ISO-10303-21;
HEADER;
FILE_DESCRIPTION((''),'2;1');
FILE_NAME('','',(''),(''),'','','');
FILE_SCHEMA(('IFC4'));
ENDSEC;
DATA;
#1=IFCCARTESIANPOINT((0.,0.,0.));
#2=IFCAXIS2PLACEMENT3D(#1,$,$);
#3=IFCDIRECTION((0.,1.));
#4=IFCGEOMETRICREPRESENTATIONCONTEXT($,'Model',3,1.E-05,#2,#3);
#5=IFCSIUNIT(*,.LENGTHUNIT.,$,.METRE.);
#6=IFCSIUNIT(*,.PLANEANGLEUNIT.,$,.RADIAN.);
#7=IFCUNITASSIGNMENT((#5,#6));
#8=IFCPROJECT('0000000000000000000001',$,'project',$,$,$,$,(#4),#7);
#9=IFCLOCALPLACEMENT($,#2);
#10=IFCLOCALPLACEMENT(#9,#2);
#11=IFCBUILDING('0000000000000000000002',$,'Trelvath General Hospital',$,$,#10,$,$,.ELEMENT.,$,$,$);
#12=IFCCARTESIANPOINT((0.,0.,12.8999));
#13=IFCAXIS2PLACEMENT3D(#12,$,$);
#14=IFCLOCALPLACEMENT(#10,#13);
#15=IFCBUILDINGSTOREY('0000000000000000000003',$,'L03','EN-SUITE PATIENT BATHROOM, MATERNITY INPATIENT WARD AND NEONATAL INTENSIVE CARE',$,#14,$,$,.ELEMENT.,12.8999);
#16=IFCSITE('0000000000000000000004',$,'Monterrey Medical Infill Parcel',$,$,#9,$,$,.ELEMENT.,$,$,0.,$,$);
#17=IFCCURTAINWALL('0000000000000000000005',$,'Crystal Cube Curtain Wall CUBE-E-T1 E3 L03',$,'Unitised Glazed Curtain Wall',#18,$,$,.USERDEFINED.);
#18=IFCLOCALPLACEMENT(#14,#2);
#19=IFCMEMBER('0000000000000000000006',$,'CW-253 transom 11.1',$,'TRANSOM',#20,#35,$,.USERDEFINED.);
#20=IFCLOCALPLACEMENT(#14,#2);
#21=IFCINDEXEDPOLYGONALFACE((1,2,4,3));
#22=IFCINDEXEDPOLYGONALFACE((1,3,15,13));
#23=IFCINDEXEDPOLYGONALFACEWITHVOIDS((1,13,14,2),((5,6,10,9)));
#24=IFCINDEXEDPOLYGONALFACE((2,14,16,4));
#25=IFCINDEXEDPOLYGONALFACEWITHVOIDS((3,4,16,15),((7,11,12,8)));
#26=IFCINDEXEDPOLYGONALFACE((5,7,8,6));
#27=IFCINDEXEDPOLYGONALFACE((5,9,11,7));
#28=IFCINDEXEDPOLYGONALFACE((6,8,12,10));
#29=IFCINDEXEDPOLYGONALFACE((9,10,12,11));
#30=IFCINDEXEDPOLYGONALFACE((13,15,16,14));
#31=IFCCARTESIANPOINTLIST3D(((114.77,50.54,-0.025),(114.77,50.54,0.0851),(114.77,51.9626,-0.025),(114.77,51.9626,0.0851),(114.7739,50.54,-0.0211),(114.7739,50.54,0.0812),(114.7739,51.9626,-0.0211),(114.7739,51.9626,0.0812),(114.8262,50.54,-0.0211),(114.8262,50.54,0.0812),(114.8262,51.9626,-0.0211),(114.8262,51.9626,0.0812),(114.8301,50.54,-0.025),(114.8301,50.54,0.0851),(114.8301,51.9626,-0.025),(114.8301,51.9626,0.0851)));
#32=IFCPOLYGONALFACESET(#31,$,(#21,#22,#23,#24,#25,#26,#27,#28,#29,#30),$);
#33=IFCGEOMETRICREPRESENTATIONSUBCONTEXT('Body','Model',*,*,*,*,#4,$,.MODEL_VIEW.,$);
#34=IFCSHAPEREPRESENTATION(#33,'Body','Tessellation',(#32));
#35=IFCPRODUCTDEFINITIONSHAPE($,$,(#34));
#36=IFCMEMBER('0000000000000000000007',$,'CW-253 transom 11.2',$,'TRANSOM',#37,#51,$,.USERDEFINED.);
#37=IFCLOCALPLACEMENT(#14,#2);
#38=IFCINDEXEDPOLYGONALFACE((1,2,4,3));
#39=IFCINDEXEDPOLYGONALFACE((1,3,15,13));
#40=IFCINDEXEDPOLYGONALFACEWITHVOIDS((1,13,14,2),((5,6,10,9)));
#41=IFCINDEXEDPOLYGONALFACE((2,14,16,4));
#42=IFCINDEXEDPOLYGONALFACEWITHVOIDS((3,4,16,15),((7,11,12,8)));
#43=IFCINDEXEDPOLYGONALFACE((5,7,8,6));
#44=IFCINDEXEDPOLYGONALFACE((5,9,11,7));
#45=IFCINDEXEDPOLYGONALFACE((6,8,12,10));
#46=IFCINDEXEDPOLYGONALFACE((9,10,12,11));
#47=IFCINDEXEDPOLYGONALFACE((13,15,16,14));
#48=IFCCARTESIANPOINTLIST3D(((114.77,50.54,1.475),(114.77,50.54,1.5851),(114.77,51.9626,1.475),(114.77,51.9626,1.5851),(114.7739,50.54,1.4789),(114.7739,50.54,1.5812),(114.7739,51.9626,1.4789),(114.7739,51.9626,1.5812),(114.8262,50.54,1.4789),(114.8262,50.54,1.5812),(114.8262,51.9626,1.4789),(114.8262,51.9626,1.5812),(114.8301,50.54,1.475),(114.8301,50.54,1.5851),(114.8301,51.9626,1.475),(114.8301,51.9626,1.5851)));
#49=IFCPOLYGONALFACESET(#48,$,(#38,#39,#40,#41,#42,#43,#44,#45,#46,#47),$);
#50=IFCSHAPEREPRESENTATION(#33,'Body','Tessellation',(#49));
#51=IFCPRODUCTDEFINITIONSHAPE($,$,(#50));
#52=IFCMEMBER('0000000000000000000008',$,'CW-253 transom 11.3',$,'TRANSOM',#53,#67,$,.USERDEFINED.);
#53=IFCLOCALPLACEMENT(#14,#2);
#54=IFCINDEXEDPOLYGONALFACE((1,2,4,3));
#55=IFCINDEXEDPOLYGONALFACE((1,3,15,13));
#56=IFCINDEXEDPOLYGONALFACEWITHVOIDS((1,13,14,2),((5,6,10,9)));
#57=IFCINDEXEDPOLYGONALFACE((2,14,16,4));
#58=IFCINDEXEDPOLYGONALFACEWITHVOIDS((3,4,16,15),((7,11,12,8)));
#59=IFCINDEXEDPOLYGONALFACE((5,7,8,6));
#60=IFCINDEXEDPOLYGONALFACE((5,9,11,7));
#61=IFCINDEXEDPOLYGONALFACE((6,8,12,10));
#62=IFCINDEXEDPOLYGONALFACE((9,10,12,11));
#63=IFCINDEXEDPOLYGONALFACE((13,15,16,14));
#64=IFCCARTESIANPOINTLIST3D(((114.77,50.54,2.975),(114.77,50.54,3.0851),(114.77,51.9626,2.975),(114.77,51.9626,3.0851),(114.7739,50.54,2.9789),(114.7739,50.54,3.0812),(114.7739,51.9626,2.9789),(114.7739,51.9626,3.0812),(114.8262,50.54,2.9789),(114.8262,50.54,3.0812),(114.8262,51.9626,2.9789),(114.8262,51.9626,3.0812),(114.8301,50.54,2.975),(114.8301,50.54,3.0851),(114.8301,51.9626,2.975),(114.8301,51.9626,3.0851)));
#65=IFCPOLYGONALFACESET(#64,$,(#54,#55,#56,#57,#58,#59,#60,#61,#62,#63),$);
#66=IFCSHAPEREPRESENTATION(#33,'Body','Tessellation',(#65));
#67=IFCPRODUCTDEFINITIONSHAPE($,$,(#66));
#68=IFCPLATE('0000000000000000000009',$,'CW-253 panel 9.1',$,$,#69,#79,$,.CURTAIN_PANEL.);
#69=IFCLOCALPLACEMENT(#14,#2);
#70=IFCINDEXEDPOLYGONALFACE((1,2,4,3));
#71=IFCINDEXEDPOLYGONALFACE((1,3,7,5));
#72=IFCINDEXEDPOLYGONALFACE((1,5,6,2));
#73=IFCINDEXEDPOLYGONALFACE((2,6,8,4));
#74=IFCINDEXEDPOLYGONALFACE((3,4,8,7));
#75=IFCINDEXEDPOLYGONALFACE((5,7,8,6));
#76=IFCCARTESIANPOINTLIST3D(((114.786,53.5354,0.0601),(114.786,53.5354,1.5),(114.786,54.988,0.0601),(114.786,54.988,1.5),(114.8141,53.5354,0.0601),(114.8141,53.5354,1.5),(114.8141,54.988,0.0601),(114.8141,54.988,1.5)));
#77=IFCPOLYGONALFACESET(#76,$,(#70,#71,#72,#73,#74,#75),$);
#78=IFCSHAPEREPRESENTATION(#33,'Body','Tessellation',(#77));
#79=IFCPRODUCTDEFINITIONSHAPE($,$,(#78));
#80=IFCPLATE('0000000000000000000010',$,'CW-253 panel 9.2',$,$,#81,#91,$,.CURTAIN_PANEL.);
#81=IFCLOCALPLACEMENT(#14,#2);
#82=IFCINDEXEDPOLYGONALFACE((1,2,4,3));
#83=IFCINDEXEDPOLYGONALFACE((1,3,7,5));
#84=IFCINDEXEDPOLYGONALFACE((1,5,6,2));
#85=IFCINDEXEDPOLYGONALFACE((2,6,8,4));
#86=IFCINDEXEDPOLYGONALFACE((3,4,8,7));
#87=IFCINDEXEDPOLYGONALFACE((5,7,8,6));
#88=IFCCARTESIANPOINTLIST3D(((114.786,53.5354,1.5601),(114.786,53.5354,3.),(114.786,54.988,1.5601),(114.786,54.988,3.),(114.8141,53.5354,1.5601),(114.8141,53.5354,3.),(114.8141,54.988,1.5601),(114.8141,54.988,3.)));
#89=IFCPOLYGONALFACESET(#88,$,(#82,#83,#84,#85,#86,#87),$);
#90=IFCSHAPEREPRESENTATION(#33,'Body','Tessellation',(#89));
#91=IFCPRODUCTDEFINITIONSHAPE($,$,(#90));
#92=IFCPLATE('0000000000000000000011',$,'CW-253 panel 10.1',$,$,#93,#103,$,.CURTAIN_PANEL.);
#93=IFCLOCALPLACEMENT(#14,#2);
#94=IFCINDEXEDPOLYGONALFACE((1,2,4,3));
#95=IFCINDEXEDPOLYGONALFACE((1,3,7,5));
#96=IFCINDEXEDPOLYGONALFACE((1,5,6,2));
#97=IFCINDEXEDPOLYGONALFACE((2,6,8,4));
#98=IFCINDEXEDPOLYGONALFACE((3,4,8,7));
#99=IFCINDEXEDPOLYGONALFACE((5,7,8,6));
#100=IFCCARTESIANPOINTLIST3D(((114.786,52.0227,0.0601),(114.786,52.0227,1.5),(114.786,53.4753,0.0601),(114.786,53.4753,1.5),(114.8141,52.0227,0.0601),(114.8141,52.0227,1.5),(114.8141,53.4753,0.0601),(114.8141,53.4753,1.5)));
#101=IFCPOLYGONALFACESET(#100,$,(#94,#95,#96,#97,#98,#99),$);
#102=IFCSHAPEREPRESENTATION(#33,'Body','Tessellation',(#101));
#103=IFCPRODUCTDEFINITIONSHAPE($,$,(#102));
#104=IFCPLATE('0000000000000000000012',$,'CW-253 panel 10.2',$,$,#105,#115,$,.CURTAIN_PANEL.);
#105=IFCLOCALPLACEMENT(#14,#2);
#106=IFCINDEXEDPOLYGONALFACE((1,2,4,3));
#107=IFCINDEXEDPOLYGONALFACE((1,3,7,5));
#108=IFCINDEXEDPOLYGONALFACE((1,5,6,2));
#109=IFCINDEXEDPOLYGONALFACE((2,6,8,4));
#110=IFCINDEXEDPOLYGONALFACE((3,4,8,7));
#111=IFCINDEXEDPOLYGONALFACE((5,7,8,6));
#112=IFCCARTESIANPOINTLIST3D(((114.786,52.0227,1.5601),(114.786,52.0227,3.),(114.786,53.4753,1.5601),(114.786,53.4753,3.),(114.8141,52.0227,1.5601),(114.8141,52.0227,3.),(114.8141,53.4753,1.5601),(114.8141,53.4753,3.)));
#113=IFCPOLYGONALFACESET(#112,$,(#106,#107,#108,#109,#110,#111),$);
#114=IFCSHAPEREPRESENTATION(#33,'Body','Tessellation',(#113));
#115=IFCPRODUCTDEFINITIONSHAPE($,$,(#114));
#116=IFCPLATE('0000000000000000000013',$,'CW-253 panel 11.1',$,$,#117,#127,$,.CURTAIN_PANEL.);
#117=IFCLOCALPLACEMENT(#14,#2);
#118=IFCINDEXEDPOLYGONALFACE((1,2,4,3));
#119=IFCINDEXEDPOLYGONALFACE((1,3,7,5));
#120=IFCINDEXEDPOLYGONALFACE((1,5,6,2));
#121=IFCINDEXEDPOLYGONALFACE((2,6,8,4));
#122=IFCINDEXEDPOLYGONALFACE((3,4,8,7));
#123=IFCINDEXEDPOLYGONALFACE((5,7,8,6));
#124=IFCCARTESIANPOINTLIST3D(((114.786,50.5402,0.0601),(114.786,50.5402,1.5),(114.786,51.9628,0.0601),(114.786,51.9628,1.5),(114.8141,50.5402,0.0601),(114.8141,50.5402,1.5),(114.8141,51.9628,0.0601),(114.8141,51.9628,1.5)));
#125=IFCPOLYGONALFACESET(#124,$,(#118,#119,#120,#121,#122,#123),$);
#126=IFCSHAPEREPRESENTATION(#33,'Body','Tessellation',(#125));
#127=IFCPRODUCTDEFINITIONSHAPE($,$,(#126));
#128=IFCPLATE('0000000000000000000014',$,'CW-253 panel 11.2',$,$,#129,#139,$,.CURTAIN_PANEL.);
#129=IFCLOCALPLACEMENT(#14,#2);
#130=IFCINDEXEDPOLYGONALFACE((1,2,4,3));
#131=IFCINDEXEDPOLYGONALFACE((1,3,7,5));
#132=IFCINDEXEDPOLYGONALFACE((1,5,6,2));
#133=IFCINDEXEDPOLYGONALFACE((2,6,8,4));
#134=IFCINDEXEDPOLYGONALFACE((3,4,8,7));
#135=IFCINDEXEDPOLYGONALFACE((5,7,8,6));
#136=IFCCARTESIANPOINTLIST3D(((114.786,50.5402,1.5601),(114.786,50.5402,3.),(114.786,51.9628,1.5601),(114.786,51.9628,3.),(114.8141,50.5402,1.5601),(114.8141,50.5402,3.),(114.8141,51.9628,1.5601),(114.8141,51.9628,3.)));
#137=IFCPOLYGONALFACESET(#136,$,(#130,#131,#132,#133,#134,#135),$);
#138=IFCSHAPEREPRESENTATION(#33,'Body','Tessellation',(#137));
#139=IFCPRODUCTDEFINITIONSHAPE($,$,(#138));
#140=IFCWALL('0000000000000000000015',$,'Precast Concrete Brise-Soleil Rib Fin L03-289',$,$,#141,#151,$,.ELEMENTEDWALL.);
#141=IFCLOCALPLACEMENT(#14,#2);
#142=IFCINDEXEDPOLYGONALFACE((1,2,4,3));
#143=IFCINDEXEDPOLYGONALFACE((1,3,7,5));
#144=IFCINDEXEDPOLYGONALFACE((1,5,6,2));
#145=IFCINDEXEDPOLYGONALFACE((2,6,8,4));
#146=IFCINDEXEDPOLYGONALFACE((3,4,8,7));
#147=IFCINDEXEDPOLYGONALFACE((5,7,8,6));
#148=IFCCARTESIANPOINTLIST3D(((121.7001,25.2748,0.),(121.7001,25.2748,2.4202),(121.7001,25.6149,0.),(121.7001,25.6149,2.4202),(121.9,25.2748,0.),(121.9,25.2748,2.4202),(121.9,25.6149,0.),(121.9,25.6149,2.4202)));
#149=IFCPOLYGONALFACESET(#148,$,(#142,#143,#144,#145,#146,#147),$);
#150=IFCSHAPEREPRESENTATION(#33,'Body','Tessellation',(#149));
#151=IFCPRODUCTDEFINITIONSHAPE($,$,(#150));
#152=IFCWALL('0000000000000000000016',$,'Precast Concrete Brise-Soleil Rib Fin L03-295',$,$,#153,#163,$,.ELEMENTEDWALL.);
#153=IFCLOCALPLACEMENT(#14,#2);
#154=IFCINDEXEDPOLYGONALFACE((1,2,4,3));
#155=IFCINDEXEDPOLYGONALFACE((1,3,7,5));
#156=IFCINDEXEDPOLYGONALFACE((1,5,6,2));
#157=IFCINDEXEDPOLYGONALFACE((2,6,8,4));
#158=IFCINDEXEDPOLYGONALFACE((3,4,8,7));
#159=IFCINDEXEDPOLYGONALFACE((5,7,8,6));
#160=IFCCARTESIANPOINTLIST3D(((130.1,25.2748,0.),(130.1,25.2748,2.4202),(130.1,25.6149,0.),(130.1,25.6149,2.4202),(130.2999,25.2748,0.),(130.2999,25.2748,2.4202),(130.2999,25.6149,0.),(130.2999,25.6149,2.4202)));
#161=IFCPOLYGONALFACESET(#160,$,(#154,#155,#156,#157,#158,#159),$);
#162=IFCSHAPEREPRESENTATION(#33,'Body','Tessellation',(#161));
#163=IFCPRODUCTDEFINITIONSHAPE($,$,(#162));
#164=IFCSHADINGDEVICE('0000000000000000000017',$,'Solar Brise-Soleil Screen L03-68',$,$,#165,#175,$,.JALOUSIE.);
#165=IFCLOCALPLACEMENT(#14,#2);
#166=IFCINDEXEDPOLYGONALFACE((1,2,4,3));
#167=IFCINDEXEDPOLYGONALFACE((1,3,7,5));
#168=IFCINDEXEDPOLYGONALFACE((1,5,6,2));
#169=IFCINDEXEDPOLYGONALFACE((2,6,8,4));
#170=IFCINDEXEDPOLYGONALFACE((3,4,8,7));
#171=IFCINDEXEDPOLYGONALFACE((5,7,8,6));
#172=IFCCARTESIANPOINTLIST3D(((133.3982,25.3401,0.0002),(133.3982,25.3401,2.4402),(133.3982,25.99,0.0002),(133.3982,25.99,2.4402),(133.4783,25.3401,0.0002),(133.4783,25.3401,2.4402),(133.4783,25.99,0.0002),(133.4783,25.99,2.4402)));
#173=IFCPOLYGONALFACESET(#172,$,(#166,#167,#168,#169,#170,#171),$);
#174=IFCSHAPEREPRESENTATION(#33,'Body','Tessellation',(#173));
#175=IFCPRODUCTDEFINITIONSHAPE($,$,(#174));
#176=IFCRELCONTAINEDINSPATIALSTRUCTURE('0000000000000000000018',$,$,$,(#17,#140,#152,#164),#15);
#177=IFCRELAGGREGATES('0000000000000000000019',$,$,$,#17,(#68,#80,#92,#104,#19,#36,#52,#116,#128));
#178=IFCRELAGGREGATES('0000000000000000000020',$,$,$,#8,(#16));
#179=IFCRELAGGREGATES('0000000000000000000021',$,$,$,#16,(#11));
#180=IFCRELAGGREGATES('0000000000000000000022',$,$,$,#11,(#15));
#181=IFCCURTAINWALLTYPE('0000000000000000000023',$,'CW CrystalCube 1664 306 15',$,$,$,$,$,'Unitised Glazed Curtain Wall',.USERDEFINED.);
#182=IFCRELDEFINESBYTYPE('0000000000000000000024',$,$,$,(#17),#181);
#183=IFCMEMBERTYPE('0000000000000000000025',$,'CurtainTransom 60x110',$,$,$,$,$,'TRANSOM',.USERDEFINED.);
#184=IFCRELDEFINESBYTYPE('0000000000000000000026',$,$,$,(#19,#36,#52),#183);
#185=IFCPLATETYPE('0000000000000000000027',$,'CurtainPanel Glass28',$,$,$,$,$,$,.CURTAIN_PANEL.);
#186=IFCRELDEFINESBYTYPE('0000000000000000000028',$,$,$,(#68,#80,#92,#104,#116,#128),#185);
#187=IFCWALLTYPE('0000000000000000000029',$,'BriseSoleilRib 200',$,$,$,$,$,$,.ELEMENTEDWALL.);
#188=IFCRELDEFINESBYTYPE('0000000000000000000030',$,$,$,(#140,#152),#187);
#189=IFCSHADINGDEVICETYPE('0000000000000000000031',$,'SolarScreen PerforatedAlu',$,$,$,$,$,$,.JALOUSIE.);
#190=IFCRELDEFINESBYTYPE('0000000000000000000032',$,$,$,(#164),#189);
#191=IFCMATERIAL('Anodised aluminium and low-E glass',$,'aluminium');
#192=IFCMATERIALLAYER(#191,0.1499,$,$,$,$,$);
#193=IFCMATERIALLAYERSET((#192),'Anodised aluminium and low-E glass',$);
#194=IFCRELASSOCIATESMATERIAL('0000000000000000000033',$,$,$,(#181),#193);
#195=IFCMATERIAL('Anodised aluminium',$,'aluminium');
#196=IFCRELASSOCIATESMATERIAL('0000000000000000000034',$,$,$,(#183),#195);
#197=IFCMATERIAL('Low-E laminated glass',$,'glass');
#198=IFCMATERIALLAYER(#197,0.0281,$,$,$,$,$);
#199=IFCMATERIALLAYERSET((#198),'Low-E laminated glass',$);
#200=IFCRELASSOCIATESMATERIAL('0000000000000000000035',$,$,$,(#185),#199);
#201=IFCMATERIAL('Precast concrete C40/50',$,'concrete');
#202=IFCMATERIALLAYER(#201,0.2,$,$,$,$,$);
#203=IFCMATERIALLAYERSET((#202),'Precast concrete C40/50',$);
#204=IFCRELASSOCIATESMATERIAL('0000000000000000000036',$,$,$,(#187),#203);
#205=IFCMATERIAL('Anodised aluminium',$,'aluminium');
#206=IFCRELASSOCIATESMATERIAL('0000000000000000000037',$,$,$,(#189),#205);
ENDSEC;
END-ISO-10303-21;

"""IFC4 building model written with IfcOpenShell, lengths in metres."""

from ifc_helpers import new_model, si_unit, direction, frame, frame_2d, origin, origin_2d, place, context, subcontext, project, spatial, rectangle, hollow_rectangle, extrude, material, layer, layer_set, material_profile, profile_set, type_object, element, aggregate, save


model = new_model("IFC4")

# Units and contexts
model_context = context("Model", 3, precision=1e-05, world=origin(), true_north=direction((0.0, 1.0)))
body_context = subcontext(model_context, "Body", "Model", "MODEL_VIEW")
ifc_project = project(units=[si_unit("LENGTHUNIT", "METRE"), si_unit("PLANEANGLEUNIT", "RADIAN")], contexts=[model_context])

# Site, building, storey
site_placement = place(None, origin())
site = spatial("IfcSite", under=ifc_project, at=site_placement, Name="Monterrey Medical Infill Parcel", CompositionType="ELEMENT", RefElevation=0.0)
building_placement = place(site_placement, origin())
building = spatial("IfcBuilding", under=site, at=building_placement, Name="Trelvath General Hospital", CompositionType="ELEMENT")
storey_placement = place(building_placement, frame((0.0, 0.0, 12.8999)))
storey = spatial("IfcBuildingStorey", under=building, at=storey_placement, Name="L03", Description="EN-SUITE PATIENT BATHROOM, MATERNITY INPATIENT WARD AND NEONATAL INTENSIVE CARE", CompositionType="ELEMENT", Elevation=12.8999)

# Curtain wall, members, plates
ifc_material_1 = material(Name="Anodised aluminium and low-E glass", Category="aluminium")
ifc_layer_1 = layer(ifc_material_1, 0.1499)
ifc_layer_set_1 = layer_set([ifc_layer_1], Name="Anodised aluminium and low-E glass")
curtain_wall_type_1 = type_object("IfcCurtainWallType", Name="CW CrystalCube 1664 306 15", ElementType="Unitised Glazed Curtain Wall", PredefinedType="USERDEFINED", material=ifc_layer_set_1)
curtain_wall_1_placement = place(storey_placement, origin())
curtain_wall_1 = element("IfcCurtainWall", 1, at=curtain_wall_1_placement, inside=storey, type_object=curtain_wall_type_1, Name="Crystal Cube Curtain Wall CUBE-E-T1 E3 L03", ObjectType="Unitised Glazed Curtain Wall", PredefinedType="USERDEFINED")
ifc_material_2 = material(Name="Anodised aluminium", Category="aluminium")
ifc_material_profile_1 = material_profile(ifc_material_2, hollow_rectangle(XDim=0.0601, YDim=0.1101, WallThickness=0.0039, at=origin_2d()), Name="RHS60x110x4")
ifc_profile_set_1 = profile_set([ifc_material_profile_1], Name="Anodised aluminium")
member_type_1 = type_object("IfcMemberType", Name="CurtainTransom 60x110", ElementType="TRANSOM", PredefinedType="USERDEFINED", material=ifc_profile_set_1)
member_1_placement = place(storey_placement, frame((114.8, 51.9626, 0.03), z_axis=(0.0, -1.0, 0.0), x_axis=(1.0, 0.0, 0.0)))
member_1 = element("IfcMember", 2, at=member_1_placement, type_object=member_type_1, Name="CW-253 transom 11.1", ObjectType="TRANSOM", PredefinedType="USERDEFINED", context=body_context, shape_type="SweptSolid", body=[
    extrude(hollow_rectangle(XDim=0.0601, YDim=0.1101, WallThickness=0.0039, at=origin_2d()), origin(), (0.0, 0.0, 1.0), 1.4226),
])
member_2_placement = place(storey_placement, frame((114.8, 51.9626, 1.53), z_axis=(0.0, -1.0, 0.0), x_axis=(1.0, 0.0, 0.0)))
member_2 = element("IfcMember", 3, at=member_2_placement, type_object=member_type_1, Name="CW-253 transom 11.2", ObjectType="TRANSOM", PredefinedType="USERDEFINED", context=body_context, shape_type="SweptSolid", body=[
    extrude(hollow_rectangle(XDim=0.0601, YDim=0.1101, WallThickness=0.0039, at=origin_2d()), origin(), (0.0, 0.0, 1.0), 1.4226),
])
member_3_placement = place(storey_placement, frame((114.8, 51.9626, 3.03), z_axis=(0.0, -1.0, 0.0), x_axis=(1.0, 0.0, 0.0)))
member_3 = element("IfcMember", 4, at=member_3_placement, type_object=member_type_1, Name="CW-253 transom 11.3", ObjectType="TRANSOM", PredefinedType="USERDEFINED", context=body_context, shape_type="SweptSolid", body=[
    extrude(hollow_rectangle(XDim=0.0601, YDim=0.1101, WallThickness=0.0039, at=origin_2d()), origin(), (0.0, 0.0, 1.0), 1.4226),
])
ifc_material_3 = material(Name="Low-E laminated glass", Category="glass")
ifc_layer_2 = layer(ifc_material_3, 0.0281)
ifc_layer_set_2 = layer_set([ifc_layer_2], Name="Low-E laminated glass")
plate_type = type_object("IfcPlateType", Name="CurtainPanel Glass28", PredefinedType="CURTAIN_PANEL", material=ifc_layer_set_2)
plate_1_placement = place(storey_placement, frame((114.8, 54.2617, 0.0601), z_axis=(0.0, 0.0, 1.0), x_axis=(0.0, -1.0, 0.0)))
plate_1 = element("IfcPlate", 5, at=plate_1_placement, type_object=plate_type, Name="CW-253 panel 9.1", PredefinedType="CURTAIN_PANEL", context=body_context, shape_type="SweptSolid", body=[
    extrude(rectangle(XDim=1.4526, YDim=0.0281, at=origin_2d()), origin(), (0.0, 0.0, 1.0), 1.4399),
])
plate_2_placement = place(storey_placement, frame((114.8, 54.2617, 1.5601), z_axis=(0.0, 0.0, 1.0), x_axis=(0.0, -1.0, 0.0)))
plate_2 = element("IfcPlate", 6, at=plate_2_placement, type_object=plate_type, Name="CW-253 panel 9.2", PredefinedType="CURTAIN_PANEL", context=body_context, shape_type="SweptSolid", body=[
    extrude(rectangle(XDim=1.4526, YDim=0.0281, at=origin_2d()), origin(), (0.0, 0.0, 1.0), 1.4399),
])
plate_3_placement = place(storey_placement, frame((114.8, 52.749, 0.0601), z_axis=(0.0, 0.0, 1.0), x_axis=(0.0, -1.0, 0.0)))
plate_3 = element("IfcPlate", 7, at=plate_3_placement, type_object=plate_type, Name="CW-253 panel 10.1", PredefinedType="CURTAIN_PANEL", context=body_context, shape_type="SweptSolid", body=[
    extrude(rectangle(XDim=1.4526, YDim=0.0281, at=origin_2d()), origin(), (0.0, 0.0, 1.0), 1.4399),
])
plate_4_placement = place(storey_placement, frame((114.8, 52.749, 1.5601), z_axis=(0.0, 0.0, 1.0), x_axis=(0.0, -1.0, 0.0)))
plate_4 = element("IfcPlate", 8, at=plate_4_placement, type_object=plate_type, Name="CW-253 panel 10.2", PredefinedType="CURTAIN_PANEL", context=body_context, shape_type="SweptSolid", body=[
    extrude(rectangle(XDim=1.4526, YDim=0.0281, at=origin_2d()), origin(), (0.0, 0.0, 1.0), 1.4399),
])
plate_5_placement = place(storey_placement, frame((114.8, 51.2515, 0.0601), z_axis=(0.0, 0.0, 1.0), x_axis=(0.0, -1.0, 0.0)))
plate_5 = element("IfcPlate", 9, at=plate_5_placement, type_object=plate_type, Name="CW-253 panel 11.1", PredefinedType="CURTAIN_PANEL", context=body_context, shape_type="SweptSolid", body=[
    extrude(rectangle(XDim=1.4226, YDim=0.0281, at=origin_2d()), origin(), (0.0, 0.0, 1.0), 1.4399),
])
plate_6_placement = place(storey_placement, frame((114.8, 51.2515, 1.5601), z_axis=(0.0, 0.0, 1.0), x_axis=(0.0, -1.0, 0.0)))
plate_6 = element("IfcPlate", 10, at=plate_6_placement, type_object=plate_type, Name="CW-253 panel 11.2", PredefinedType="CURTAIN_PANEL", context=body_context, shape_type="SweptSolid", body=[
    extrude(rectangle(XDim=1.4226, YDim=0.0281, at=origin_2d()), origin(), (0.0, 0.0, 1.0), 1.4399),
])
aggregate(curtain_wall_1, [plate_1, plate_2, plate_3, plate_4, member_1, member_2, member_3, plate_5, plate_6])

# Walls
ifc_material_4 = material(Name="Precast concrete C40/50", Category="concrete")
ifc_layer_3 = layer(ifc_material_4, 0.2)
ifc_layer_set_3 = layer_set([ifc_layer_3], Name="Precast concrete C40/50")
wall_type = type_object("IfcWallType", Name="BriseSoleilRib 200", PredefinedType="ELEMENTEDWALL", material=ifc_layer_set_3)
for number, where, z_axis, x_axis, name in (
    (11, (121.8, 25.2749, 0.0), (0.0, 0.0, 1.0), (0.0, 1.0, 0.0), "Precast Concrete Brise-Soleil Rib Fin L03-289"),
    (12, (130.2, 25.2749, 0.0), (0.0, 0.0, 1.0), (0.0, 1.0, 0.0), "Precast Concrete Brise-Soleil Rib Fin L03-295"),
):
    element("IfcWall", number, at=place(storey_placement, frame(where, z_axis=z_axis, x_axis=x_axis)), inside=storey, type_object=wall_type, Name=name, PredefinedType="ELEMENTEDWALL", context=body_context, shape_type="SweptSolid", body=[
        extrude(rectangle(XDim=0.3401, YDim=0.2, at=frame_2d((0.1699, 0.0))), origin(), (0.0, 0.0, 1.0), 2.4202),
    ])

# Shading device
ifc_material_5 = material(Name="Anodised aluminium", Category="aluminium")
shading_device_type = type_object("IfcShadingDeviceType", Name="SolarScreen PerforatedAlu", PredefinedType="JALOUSIE", material=ifc_material_5)
shading_device_placement = place(storey_placement, frame((133.4382, 25.665, 0.0002), z_axis=(0.0, 0.0, 1.0), x_axis=(0.0, 1.0, 0.0)))
element("IfcShadingDevice", 13, at=shading_device_placement, inside=storey, type_object=shading_device_type, Name="Solar Brise-Soleil Screen L03-68", PredefinedType="JALOUSIE", context=body_context, shape_type="SweptSolid", body=[
    extrude(rectangle(XDim=0.6499, YDim=0.0801, at=origin_2d()), origin(), (0.0, 0.0, 1.0), 2.4399),
])

save(model, "model.ifc")
